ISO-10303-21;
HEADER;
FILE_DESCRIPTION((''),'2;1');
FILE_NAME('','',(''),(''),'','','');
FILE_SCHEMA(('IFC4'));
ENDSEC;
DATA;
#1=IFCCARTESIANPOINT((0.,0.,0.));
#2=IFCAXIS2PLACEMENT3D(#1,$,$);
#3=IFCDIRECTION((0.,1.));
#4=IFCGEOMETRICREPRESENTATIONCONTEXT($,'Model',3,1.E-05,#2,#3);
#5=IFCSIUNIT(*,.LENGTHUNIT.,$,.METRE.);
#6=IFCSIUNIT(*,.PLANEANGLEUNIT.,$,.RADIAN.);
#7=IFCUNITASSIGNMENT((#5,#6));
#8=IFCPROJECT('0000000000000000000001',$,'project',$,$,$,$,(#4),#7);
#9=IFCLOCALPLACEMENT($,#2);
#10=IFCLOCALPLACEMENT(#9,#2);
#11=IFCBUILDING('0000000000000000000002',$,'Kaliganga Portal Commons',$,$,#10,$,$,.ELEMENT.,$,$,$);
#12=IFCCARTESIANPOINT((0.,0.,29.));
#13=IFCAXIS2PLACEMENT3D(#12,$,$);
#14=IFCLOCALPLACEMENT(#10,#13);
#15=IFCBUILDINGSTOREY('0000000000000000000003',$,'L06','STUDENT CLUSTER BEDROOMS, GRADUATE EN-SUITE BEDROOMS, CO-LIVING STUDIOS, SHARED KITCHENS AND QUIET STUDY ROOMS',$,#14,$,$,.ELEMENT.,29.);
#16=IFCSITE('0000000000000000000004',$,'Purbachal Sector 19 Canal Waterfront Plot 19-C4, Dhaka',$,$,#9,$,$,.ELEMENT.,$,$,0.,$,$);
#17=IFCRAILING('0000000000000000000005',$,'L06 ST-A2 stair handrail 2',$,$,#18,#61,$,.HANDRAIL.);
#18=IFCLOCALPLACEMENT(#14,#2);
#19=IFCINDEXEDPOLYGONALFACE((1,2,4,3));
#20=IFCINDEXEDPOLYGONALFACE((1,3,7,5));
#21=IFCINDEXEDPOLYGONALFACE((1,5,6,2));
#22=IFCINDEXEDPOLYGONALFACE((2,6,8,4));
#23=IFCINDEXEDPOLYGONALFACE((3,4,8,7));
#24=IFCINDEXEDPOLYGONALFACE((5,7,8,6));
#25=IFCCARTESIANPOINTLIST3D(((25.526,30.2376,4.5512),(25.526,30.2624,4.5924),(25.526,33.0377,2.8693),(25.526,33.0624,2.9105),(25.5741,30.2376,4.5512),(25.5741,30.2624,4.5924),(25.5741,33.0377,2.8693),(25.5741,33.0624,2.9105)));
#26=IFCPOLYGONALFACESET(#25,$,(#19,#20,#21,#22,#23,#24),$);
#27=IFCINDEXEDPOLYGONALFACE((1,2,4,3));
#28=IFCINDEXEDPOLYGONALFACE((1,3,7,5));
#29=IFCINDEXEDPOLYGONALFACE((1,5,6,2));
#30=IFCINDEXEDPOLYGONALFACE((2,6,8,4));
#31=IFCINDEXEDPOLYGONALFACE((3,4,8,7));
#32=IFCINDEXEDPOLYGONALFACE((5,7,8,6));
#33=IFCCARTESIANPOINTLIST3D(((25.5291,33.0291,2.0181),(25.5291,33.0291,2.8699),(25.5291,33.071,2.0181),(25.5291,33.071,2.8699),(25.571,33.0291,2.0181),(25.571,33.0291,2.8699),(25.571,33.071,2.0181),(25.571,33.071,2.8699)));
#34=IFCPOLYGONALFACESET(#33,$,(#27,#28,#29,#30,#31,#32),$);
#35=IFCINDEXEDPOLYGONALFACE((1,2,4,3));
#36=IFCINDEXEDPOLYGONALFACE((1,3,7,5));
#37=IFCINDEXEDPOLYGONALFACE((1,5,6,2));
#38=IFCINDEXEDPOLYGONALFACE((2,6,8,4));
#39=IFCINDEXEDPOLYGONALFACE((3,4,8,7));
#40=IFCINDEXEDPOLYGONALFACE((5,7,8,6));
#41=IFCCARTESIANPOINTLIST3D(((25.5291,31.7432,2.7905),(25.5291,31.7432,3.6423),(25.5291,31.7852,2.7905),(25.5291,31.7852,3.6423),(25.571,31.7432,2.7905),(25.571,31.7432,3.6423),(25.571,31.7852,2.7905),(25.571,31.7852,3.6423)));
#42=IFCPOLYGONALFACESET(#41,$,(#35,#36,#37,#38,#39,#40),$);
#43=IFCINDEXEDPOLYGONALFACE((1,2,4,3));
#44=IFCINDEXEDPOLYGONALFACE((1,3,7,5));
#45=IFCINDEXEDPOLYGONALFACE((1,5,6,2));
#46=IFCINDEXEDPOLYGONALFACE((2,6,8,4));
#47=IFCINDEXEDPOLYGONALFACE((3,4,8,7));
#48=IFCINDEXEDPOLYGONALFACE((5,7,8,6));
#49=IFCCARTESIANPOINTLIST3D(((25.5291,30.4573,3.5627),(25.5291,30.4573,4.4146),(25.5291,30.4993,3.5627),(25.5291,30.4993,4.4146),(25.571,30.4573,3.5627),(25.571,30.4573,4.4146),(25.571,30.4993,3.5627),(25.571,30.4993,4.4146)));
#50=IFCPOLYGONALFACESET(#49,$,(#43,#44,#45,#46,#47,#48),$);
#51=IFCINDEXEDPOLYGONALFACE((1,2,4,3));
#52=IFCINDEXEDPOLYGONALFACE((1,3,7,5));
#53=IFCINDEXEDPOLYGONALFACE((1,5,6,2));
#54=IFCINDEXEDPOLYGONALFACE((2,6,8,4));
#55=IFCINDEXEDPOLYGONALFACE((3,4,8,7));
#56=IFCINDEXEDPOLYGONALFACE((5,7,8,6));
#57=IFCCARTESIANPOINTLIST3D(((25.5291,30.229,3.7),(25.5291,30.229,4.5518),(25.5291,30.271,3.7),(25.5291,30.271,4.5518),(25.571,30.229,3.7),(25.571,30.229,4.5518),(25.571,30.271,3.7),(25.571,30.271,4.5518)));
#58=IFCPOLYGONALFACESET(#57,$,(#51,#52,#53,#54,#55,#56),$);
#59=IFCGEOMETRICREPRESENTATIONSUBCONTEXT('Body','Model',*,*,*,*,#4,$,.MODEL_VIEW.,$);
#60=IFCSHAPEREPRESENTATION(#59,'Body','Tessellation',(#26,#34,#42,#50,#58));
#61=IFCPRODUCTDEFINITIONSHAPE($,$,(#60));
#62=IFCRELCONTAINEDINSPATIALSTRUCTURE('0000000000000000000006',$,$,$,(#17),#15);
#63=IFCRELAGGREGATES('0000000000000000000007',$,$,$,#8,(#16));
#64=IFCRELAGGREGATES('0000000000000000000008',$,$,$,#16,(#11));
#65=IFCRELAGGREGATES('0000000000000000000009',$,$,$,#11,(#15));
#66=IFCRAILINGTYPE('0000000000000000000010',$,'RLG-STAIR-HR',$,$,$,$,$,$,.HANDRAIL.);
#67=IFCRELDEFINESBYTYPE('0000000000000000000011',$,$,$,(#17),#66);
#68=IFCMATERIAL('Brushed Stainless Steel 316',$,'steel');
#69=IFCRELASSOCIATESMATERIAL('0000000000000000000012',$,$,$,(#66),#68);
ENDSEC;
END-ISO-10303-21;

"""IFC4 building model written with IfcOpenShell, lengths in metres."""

from ifc_helpers import new_model, si_unit, direction, frame, origin, origin_2d, place, context, subcontext, project, spatial, rectangle, extrude, material, type_object, element, save


model = new_model("IFC4")

# Units and contexts
model_context = context("Model", 3, precision=1e-05, world=origin(), true_north=direction((0.0, 1.0)))
body_context = subcontext(model_context, "Body", "Model", "MODEL_VIEW")
ifc_project = project(units=[si_unit("LENGTHUNIT", "METRE"), si_unit("PLANEANGLEUNIT", "RADIAN")], contexts=[model_context])

# Site, building, storey
site_placement = place(None, origin())
site = spatial("IfcSite", under=ifc_project, at=site_placement, Name="Purbachal Sector 19 Canal Waterfront Plot 19-C4, Dhaka", CompositionType="ELEMENT", RefElevation=0.0)
building_placement = place(site_placement, origin())
building = spatial("IfcBuilding", under=site, at=building_placement, Name="Kaliganga Portal Commons", CompositionType="ELEMENT")
storey_placement = place(building_placement, frame((0.0, 0.0, 29.0)))
storey = spatial("IfcBuildingStorey", under=building, at=storey_placement, Name="L06", Description="STUDENT CLUSTER BEDROOMS, GRADUATE EN-SUITE BEDROOMS, CO-LIVING STUDIOS, SHARED KITCHENS AND QUIET STUDY ROOMS", CompositionType="ELEMENT", Elevation=29.0)

# Railing
ifc_material_1 = material(Name="Brushed Stainless Steel 316", Category="steel")
railing_type_1 = type_object("IfcRailingType", Name="RLG-STAIR-HR", PredefinedType="HANDRAIL", material=ifc_material_1)
railing_1_placement = place(storey_placement, frame((25.55, 33.05, 2.0181)))
element("IfcRailing", 1, at=railing_1_placement, inside=storey, type_object=railing_type_1, Name="L06 ST-A2 stair handrail 2", PredefinedType="HANDRAIL", context=body_context, shape_type="SweptSolid", body=[
    extrude(rectangle(XDim=0.0481, YDim=0.0481, at=origin_2d()), frame((0.0, 0.0, 0.8718), z_axis=(0.0, -0.857242, 0.514913), x_axis=(1.0, 0.0, 0.0)), (0.0, 0.0, 1.0), 3.2664),
    extrude(rectangle(XDim=0.042, YDim=0.042, at=origin_2d()), origin(), (0.0, 0.0, 1.0), 0.8518),
    extrude(rectangle(XDim=0.042, YDim=0.042, at=origin_2d()), frame((0.0, -1.2859, 0.7725)), (0.0, 0.0, 1.0), 0.8518),
    extrude(rectangle(XDim=0.042, YDim=0.042, at=origin_2d()), frame((0.0, -2.5718, 1.5447)), (0.0, 0.0, 1.0), 0.8518),
    extrude(rectangle(XDim=0.042, YDim=0.042, at=origin_2d()), frame((0.0, -2.8, 1.6819)), (0.0, 0.0, 1.0), 0.8518),
])

save(model, "model.ifc")
